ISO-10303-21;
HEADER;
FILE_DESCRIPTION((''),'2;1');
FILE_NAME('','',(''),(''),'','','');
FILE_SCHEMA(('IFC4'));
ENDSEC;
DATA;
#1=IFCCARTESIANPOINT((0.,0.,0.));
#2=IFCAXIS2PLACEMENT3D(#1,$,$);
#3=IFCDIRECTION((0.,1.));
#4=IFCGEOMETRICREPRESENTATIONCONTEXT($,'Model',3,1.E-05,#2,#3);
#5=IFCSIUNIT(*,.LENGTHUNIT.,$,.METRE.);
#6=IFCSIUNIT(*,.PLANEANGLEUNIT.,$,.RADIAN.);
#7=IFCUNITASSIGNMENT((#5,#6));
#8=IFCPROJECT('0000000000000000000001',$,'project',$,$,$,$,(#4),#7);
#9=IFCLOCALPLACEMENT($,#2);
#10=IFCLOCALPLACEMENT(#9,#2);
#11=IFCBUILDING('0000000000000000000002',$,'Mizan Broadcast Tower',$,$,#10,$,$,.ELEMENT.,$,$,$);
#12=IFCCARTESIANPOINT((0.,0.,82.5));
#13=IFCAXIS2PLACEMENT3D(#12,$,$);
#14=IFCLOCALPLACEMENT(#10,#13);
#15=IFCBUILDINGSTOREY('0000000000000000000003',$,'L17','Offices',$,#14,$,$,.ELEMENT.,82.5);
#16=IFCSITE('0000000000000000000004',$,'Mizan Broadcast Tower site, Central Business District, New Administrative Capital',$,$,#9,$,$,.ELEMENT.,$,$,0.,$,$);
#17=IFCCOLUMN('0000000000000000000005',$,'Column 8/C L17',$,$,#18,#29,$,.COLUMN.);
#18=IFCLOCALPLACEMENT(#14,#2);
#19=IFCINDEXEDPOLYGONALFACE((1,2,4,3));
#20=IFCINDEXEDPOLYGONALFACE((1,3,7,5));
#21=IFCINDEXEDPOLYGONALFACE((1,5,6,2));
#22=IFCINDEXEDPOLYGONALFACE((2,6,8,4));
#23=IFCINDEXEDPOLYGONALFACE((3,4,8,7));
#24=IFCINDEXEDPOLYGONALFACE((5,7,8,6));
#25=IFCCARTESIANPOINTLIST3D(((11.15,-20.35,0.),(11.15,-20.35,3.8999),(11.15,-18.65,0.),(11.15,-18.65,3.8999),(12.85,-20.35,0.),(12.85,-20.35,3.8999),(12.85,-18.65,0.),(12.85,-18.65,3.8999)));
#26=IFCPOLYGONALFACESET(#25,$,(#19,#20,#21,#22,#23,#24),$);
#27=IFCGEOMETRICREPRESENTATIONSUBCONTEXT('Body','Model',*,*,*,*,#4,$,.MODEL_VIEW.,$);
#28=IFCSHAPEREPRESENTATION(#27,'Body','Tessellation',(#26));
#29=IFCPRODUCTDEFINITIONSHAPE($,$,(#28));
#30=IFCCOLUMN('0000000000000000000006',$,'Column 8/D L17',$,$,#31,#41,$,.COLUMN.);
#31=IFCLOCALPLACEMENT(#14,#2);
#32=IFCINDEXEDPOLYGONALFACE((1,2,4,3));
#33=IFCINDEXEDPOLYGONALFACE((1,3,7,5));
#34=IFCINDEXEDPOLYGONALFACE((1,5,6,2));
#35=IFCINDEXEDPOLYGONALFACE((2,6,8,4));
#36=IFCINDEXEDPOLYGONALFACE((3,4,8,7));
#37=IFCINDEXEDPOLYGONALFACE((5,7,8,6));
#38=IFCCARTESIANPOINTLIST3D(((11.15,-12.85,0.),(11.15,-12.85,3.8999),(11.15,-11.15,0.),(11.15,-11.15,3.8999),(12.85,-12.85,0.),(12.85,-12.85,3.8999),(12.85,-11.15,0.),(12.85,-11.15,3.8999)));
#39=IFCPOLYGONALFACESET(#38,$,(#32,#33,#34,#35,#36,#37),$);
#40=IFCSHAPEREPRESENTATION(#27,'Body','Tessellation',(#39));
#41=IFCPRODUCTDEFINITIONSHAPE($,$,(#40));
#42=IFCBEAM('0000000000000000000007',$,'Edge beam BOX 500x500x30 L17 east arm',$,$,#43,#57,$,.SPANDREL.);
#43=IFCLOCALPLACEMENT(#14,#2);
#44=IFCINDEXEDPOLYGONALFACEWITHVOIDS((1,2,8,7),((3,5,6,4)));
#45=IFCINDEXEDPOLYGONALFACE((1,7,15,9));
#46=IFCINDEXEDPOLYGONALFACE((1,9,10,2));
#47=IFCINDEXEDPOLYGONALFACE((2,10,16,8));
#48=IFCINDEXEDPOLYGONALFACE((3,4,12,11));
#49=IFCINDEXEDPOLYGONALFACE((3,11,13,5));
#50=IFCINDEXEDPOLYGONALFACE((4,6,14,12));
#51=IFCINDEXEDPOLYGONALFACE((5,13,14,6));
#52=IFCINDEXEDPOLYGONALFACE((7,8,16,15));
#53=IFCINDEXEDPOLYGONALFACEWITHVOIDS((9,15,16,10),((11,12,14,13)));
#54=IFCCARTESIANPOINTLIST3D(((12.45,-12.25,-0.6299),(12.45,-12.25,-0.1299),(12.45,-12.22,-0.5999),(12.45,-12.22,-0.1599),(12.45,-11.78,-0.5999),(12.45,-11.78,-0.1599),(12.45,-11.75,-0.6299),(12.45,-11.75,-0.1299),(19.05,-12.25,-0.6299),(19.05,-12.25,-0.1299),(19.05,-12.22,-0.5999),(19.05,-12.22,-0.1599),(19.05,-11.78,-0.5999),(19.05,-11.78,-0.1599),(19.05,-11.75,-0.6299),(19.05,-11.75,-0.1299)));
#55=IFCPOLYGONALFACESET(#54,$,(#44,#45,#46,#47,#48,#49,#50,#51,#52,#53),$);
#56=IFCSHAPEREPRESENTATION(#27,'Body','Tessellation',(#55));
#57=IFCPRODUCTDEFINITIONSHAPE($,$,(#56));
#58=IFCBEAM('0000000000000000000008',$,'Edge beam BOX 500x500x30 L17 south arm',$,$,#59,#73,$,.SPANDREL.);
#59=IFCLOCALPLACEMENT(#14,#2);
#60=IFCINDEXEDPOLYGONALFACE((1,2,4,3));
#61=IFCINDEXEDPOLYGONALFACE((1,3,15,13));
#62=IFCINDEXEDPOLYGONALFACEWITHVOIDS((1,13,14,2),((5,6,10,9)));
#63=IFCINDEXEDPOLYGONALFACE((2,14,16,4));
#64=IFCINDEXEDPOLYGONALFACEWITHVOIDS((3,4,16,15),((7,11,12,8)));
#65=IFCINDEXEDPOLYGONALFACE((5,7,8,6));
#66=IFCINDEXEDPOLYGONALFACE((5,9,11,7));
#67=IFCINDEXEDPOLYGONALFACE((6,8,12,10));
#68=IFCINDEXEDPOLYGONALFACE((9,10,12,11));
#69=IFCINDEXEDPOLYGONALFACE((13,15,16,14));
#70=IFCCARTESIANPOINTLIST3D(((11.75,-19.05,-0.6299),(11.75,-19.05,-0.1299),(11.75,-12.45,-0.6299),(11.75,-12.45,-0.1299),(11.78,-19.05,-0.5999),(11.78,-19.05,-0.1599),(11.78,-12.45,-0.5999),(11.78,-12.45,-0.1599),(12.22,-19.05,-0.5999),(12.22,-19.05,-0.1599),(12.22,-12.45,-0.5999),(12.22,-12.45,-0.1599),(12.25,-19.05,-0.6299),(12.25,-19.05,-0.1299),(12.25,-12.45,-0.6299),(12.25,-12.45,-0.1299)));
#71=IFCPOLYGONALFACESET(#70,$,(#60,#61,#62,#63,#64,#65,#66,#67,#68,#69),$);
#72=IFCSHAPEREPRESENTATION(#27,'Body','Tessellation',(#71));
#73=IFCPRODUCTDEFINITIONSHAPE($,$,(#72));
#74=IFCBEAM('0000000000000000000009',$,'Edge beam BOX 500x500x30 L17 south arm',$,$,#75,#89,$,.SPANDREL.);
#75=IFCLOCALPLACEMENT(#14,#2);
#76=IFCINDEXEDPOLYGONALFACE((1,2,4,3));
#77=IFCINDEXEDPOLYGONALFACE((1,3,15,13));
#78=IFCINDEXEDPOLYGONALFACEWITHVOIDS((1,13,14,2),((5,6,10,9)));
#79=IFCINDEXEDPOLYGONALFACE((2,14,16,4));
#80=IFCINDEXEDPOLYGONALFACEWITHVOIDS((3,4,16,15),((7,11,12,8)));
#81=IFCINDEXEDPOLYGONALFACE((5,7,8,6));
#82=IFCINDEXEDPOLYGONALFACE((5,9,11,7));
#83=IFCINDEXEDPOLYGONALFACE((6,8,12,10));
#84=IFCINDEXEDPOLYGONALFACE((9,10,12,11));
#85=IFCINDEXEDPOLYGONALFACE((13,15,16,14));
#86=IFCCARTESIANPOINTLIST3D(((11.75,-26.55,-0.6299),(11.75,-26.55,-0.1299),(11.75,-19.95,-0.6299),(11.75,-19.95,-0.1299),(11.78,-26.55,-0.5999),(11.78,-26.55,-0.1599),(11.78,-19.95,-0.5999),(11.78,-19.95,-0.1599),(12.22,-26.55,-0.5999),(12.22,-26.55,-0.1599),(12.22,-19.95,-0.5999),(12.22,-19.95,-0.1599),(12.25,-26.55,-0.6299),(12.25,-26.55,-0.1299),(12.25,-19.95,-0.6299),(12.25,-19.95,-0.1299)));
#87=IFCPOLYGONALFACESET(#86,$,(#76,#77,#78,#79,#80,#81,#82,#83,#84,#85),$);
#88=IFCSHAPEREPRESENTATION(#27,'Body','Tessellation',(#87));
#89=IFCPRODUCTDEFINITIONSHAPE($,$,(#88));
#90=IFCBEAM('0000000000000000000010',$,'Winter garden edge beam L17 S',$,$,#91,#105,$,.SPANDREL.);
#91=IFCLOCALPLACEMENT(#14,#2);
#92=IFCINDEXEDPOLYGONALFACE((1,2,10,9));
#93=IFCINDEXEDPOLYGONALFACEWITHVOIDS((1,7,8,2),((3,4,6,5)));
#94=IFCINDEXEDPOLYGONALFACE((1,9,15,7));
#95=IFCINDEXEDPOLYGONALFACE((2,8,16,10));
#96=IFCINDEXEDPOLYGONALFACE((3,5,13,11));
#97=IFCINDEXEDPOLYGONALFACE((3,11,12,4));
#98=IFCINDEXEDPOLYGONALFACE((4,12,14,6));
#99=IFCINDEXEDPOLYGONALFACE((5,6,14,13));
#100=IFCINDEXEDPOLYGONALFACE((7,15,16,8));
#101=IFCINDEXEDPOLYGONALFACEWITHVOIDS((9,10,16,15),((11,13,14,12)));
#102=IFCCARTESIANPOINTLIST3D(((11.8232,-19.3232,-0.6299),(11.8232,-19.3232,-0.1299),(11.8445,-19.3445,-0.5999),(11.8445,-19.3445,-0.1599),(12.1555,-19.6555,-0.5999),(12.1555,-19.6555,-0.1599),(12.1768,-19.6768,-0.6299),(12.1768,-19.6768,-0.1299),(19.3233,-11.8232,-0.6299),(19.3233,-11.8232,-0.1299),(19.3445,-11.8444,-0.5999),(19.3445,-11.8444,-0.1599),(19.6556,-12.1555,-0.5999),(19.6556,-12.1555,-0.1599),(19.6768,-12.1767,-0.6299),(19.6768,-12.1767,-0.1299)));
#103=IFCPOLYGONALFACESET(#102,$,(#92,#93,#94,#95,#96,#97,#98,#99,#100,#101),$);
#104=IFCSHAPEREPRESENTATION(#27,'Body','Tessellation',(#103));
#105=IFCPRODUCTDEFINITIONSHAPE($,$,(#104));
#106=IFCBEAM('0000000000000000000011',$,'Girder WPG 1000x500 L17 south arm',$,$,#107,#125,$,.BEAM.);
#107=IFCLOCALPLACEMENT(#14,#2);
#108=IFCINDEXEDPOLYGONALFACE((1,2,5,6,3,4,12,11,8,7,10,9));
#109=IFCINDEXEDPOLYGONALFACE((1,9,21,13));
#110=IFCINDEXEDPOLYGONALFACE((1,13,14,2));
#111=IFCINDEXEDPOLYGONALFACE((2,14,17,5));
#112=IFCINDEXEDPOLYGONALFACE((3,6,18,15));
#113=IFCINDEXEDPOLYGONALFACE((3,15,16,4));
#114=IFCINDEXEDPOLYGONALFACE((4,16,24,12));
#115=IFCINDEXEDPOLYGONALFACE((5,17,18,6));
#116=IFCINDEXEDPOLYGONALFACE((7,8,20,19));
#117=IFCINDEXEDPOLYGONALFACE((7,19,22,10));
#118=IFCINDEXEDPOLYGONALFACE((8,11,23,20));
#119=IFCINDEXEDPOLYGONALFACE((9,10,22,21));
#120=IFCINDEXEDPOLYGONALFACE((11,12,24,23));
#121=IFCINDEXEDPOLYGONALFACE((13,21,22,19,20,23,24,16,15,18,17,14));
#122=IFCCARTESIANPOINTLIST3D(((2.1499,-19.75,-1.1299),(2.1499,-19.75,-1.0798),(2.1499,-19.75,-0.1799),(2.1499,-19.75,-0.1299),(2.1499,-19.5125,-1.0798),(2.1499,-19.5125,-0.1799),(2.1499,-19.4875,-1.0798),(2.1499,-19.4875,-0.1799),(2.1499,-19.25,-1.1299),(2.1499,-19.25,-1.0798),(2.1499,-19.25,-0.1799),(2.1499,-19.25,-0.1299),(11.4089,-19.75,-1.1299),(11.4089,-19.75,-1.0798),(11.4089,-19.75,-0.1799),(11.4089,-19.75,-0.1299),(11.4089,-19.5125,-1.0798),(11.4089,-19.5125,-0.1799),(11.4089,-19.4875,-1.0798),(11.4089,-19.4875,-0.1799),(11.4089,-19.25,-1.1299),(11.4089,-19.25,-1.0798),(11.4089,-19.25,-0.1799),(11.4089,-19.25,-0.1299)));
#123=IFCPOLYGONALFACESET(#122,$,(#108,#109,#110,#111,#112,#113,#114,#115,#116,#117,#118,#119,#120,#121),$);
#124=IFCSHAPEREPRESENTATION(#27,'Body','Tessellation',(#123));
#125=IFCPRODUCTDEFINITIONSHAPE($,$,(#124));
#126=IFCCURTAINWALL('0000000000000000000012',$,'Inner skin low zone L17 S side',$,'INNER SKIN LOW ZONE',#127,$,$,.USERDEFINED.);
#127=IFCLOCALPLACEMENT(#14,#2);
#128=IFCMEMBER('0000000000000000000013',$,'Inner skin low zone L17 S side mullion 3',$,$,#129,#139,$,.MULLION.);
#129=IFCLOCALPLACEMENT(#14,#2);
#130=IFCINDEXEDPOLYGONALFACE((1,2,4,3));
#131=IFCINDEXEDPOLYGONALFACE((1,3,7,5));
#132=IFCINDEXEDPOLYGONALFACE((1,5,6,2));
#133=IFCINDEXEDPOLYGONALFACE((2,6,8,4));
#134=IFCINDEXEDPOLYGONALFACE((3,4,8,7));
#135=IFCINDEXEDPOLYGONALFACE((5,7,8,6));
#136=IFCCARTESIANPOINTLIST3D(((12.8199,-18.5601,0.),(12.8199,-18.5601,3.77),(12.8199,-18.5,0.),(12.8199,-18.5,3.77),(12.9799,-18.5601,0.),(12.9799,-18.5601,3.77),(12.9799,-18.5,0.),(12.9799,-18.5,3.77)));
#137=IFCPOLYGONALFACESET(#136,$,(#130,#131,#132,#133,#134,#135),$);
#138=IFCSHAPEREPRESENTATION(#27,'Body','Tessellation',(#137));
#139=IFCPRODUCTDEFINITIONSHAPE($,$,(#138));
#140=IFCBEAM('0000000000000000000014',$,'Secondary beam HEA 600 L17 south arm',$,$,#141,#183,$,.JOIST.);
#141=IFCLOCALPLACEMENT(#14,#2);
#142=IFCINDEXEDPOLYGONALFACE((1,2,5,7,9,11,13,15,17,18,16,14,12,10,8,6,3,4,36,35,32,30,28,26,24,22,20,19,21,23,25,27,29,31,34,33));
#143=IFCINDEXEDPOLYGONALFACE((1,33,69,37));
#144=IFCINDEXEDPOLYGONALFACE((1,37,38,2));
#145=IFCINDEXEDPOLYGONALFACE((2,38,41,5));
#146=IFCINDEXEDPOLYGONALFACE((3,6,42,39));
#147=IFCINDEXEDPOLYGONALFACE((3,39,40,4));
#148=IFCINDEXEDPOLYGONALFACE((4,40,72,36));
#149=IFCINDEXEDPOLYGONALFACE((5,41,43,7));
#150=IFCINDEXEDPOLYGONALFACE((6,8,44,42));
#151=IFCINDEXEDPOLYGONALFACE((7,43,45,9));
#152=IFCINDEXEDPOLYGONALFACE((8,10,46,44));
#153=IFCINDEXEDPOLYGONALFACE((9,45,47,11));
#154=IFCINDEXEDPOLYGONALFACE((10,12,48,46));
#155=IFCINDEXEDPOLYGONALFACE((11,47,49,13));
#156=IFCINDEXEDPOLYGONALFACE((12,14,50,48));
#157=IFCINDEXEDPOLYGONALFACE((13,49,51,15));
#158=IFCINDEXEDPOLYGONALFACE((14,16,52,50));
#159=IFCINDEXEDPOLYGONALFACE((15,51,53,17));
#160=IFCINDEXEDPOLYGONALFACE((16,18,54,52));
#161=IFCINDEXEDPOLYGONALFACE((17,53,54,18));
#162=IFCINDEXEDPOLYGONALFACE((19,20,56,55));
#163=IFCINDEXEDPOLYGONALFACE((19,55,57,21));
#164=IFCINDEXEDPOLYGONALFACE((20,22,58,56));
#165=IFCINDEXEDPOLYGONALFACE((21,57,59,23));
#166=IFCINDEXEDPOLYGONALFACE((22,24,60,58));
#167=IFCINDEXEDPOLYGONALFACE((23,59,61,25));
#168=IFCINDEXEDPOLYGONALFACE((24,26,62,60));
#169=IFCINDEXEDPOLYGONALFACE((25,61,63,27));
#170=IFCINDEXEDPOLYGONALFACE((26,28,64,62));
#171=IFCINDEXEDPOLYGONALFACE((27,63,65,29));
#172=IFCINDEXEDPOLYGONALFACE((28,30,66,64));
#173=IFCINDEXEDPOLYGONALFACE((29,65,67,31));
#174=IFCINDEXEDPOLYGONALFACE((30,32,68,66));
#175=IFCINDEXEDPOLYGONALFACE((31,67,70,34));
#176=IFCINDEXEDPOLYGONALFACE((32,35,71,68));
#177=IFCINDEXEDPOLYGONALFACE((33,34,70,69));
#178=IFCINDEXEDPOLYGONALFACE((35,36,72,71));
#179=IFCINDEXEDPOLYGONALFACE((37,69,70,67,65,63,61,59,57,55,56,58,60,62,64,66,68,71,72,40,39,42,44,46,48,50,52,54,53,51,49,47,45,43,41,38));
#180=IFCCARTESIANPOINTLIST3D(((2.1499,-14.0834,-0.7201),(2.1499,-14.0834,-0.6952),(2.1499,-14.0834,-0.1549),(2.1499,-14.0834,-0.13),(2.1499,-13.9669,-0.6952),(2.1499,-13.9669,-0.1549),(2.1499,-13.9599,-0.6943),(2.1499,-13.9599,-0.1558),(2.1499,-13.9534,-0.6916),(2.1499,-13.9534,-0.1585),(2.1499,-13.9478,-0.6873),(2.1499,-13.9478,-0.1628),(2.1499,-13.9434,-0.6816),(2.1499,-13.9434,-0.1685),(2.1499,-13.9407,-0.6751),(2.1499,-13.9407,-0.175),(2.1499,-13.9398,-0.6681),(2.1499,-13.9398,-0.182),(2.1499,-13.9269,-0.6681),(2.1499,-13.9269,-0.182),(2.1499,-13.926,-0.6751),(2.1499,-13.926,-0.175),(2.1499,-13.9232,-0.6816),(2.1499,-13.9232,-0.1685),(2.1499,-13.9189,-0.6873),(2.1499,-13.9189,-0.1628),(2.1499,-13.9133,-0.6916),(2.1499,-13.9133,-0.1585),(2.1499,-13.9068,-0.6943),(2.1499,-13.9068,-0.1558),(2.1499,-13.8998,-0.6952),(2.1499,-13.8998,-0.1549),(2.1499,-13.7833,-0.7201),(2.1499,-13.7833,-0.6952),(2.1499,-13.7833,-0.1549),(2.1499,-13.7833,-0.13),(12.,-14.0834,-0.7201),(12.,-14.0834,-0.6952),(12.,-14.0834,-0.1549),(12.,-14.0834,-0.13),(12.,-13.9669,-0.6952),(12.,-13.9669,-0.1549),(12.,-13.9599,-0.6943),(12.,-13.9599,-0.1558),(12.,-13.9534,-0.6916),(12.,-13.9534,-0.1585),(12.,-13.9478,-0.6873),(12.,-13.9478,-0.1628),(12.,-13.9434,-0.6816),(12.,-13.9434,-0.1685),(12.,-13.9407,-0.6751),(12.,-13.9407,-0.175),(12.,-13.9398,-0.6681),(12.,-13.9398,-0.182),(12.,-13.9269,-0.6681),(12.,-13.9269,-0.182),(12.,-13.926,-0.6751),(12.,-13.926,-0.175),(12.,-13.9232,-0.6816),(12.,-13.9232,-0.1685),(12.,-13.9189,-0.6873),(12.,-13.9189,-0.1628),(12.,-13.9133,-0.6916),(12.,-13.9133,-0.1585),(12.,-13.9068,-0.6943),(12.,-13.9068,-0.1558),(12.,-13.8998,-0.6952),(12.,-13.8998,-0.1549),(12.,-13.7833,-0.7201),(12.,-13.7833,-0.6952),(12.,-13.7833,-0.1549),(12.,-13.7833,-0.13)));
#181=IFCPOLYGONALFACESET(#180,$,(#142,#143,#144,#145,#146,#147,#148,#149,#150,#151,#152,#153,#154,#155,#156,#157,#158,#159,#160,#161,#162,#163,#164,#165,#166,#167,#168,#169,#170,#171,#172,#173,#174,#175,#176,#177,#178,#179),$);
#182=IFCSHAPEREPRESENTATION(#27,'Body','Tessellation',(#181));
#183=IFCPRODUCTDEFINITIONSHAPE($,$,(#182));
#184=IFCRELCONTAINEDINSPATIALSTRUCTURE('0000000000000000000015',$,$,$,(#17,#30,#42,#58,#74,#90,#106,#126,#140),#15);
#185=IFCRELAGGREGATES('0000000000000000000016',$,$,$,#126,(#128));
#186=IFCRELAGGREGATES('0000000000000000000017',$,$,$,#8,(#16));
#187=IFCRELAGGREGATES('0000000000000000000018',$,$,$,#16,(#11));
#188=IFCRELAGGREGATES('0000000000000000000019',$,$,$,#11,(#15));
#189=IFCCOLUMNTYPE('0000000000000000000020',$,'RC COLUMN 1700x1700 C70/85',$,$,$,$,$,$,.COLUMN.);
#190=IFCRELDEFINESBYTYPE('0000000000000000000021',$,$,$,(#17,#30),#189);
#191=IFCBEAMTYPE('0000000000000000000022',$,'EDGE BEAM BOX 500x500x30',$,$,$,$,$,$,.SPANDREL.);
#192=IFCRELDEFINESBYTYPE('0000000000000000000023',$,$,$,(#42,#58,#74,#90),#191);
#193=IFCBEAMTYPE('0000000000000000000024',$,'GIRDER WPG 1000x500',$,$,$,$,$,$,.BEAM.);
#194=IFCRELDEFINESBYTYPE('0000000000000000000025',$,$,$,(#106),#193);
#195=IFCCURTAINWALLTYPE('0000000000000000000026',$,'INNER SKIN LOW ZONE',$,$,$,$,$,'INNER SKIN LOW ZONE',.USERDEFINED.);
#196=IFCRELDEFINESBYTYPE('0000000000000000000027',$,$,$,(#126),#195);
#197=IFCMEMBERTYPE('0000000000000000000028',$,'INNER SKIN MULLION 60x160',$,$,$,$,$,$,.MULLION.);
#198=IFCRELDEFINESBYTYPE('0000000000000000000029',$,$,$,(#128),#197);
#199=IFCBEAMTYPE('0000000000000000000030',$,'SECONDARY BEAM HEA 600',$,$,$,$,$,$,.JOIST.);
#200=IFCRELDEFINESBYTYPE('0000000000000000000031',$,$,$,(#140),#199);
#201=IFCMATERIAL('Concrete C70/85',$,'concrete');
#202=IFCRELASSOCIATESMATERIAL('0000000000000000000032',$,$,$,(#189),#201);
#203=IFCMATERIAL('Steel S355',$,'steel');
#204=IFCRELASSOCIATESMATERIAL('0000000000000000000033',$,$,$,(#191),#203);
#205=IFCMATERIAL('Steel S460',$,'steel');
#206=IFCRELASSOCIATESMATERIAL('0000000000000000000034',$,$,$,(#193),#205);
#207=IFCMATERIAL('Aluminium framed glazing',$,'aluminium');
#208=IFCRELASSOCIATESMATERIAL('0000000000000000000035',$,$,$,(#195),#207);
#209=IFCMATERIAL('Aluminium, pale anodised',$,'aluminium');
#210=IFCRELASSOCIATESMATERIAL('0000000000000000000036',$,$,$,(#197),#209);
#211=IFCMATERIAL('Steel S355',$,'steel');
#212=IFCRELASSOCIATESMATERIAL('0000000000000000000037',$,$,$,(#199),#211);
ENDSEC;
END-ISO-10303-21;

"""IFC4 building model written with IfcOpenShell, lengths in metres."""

from ifc_helpers import new_model, si_unit, direction, frame, origin, origin_2d, place, context, subcontext, project, spatial, rectangle, hollow_rectangle, i_section, extrude, material, material_profile, profile_set, type_object, element, aggregate, save


model = new_model("IFC4")

# Units and contexts
model_context = context("Model", 3, precision=1e-05, world=origin(), true_north=direction((0.0, 1.0)))
body_context = subcontext(model_context, "Body", "Model", "MODEL_VIEW")
ifc_project = project(units=[si_unit("LENGTHUNIT", "METRE"), si_unit("PLANEANGLEUNIT", "RADIAN")], contexts=[model_context])

# Site, building, storey
site_placement = place(None, origin())
site = spatial("IfcSite", under=ifc_project, at=site_placement, Name="Mizan Broadcast Tower site, Central Business District, New Administrative Capital", CompositionType="ELEMENT", RefElevation=0.0)
building_placement = place(site_placement, origin())
building = spatial("IfcBuilding", under=site, at=building_placement, Name="Mizan Broadcast Tower", CompositionType="ELEMENT")
storey_placement = place(building_placement, frame((0.0, 0.0, 82.5)))
storey = spatial("IfcBuildingStorey", under=building, at=storey_placement, Name="L17", Description="Offices", CompositionType="ELEMENT", Elevation=82.5)

# Columns
ifc_material_1 = material(Name="Concrete C70/85", Category="concrete")
ifc_material_profile_1 = material_profile(ifc_material_1, rectangle(XDim=1.7, YDim=1.7, at=origin_2d()), Name="RC 1700x1700")
ifc_profile_set_1 = profile_set([ifc_material_profile_1], Name="Concrete C70/85")
column_type = type_object("IfcColumnType", Name="RC COLUMN 1700x1700 C70/85", PredefinedType="COLUMN", material=ifc_profile_set_1)
for number, where, z_axis, x_axis, name in (
    (1, (12.0, -19.5, 0.0), (0.0, 0.0, 1.0), (1.0, 0.0, 0.0), "Column 8/C L17"),
    (2, (12.0, -12.0, 0.0), (0.0, 0.0, 1.0), (1.0, 0.0, 0.0), "Column 8/D L17"),
):
    element("IfcColumn", number, at=place(storey_placement, frame(where, z_axis=z_axis, x_axis=x_axis)), inside=storey, type_object=column_type, Name=name, PredefinedType="COLUMN", context=body_context, shape_type="SweptSolid", body=[
        extrude(rectangle(XDim=1.7, YDim=1.7, at=origin_2d()), origin(), (0.0, 0.0, 1.0), 3.8999),
    ])

# Beams
ifc_material_2 = material(Name="Steel S355", Category="steel")
ifc_material_profile_2 = material_profile(ifc_material_2, hollow_rectangle(XDim=0.5, YDim=0.5, WallThickness=0.03, at=origin_2d()), Name="BOX 500x500x30")
ifc_profile_set_2 = profile_set([ifc_material_profile_2], Name="Steel S355")
beam_type_1 = type_object("IfcBeamType", Name="EDGE BEAM BOX 500x500x30", PredefinedType="SPANDREL", material=ifc_profile_set_2)
for number, where, z_axis, x_axis, name in (
    (3, (12.45, -12.0, -0.3799), (1.0, 0.0, 0.0), (0.0, 1.0, 0.0), "Edge beam BOX 500x500x30 L17 east arm"),
    (4, (12.0, -12.45, -0.3799), (0.0, -1.0, 0.0), (1.0, 0.0, 0.0), "Edge beam BOX 500x500x30 L17 south arm"),
    (5, (12.0, -19.95, -0.3799), (0.0, -1.0, 0.0), (1.0, 0.0, 0.0), "Edge beam BOX 500x500x30 L17 south arm"),
):
    element("IfcBeam", number, at=place(storey_placement, frame(where, z_axis=z_axis, x_axis=x_axis)), inside=storey, type_object=beam_type_1, Name=name, PredefinedType="SPANDREL", context=body_context, shape_type="SweptSolid", body=[
        extrude(hollow_rectangle(XDim=0.5, YDim=0.5, WallThickness=0.03, at=origin_2d()), origin(), (0.0, 0.0, 1.0), 6.6001),
    ])
beam_1_placement = place(storey_placement, frame((12.0, -19.5, -0.3799), z_axis=(0.707107, 0.707107, 0.0), x_axis=(-0.707107, 0.707107, 0.0)))
element("IfcBeam", 6, at=beam_1_placement, inside=storey, type_object=beam_type_1, Name="Winter garden edge beam L17 S", PredefinedType="SPANDREL", context=body_context, shape_type="SweptSolid", body=[
    extrude(hollow_rectangle(XDim=0.5, YDim=0.5, WallThickness=0.03, at=origin_2d()), origin(), (0.0, 0.0, 1.0), 10.6067),
])
ifc_material_3 = material(Name="Steel S460", Category="steel")
ifc_material_profile_3 = material_profile(ifc_material_3, i_section(OverallWidth=0.5, OverallDepth=1.0, WebThickness=0.0249, FlangeThickness=0.05, at=origin_2d()), Name="WPG 1000x500")
ifc_profile_set_3 = profile_set([ifc_material_profile_3], Name="Steel S460")
beam_type_2 = type_object("IfcBeamType", Name="GIRDER WPG 1000x500", PredefinedType="BEAM", material=ifc_profile_set_3)
beam_2_placement = place(storey_placement, frame((11.4089, -19.5, -0.6299), z_axis=(-1.0, 0.0, 0.0), x_axis=(0.0, -1.0, 0.0)))
element("IfcBeam", 7, at=beam_2_placement, inside=storey, type_object=beam_type_2, Name="Girder WPG 1000x500 L17 south arm", PredefinedType="BEAM", context=body_context, shape_type="SweptSolid", body=[
    extrude(i_section(OverallWidth=0.5, OverallDepth=1.0, WebThickness=0.0249, FlangeThickness=0.05, at=origin_2d()), origin(), (0.0, 0.0, 1.0), 9.259),
])

# Curtain wall, member
ifc_material_4 = material(Name="Aluminium framed glazing", Category="aluminium")
curtain_wall_type = type_object("IfcCurtainWallType", Name="INNER SKIN LOW ZONE", ElementType="INNER SKIN LOW ZONE", PredefinedType="USERDEFINED", material=ifc_material_4)
curtain_wall_placement = place(storey_placement, origin())
curtain_wall = element("IfcCurtainWall", 8, at=curtain_wall_placement, inside=storey, type_object=curtain_wall_type, Name="Inner skin low zone L17 S side", ObjectType="INNER SKIN LOW ZONE", PredefinedType="USERDEFINED")
ifc_material_5 = material(Name="Aluminium, pale anodised", Category="aluminium")
ifc_material_profile_4 = material_profile(ifc_material_5, rectangle(XDim=0.1599, YDim=0.0601, at=origin_2d()), Name="MULLION 160x60")
ifc_profile_set_4 = profile_set([ifc_material_profile_4], Name="Aluminium, pale anodised")
member_type = type_object("IfcMemberType", Name="INNER SKIN MULLION 60x160", PredefinedType="MULLION", material=ifc_profile_set_4)
member_placement = place(storey_placement, frame((12.8999, -18.53, 0.0), z_axis=(0.0, 0.0, 1.0), x_axis=(-1.0, 0.0, 0.0)))
member = element("IfcMember", 9, at=member_placement, type_object=member_type, Name="Inner skin low zone L17 S side mullion 3", PredefinedType="MULLION", context=body_context, shape_type="SweptSolid", body=[
    extrude(rectangle(XDim=0.1599, YDim=0.0601, at=origin_2d()), origin(), (0.0, 0.0, 1.0), 3.77),
])

# Beam
ifc_material_6 = material(Name="Steel S355", Category="steel")
ifc_material_profile_5 = material_profile(ifc_material_6, i_section(OverallWidth=0.3, OverallDepth=0.5901, WebThickness=0.0129, FlangeThickness=0.0249, FilletRadius=0.0271, at=origin_2d()), Name="HEA 600")
ifc_profile_set_5 = profile_set([ifc_material_profile_5], Name="Steel S355")
beam_type_3 = type_object("IfcBeamType", Name="SECONDARY BEAM HEA 600", PredefinedType="JOIST", material=ifc_profile_set_5)
for number, where, z_axis, x_axis, name in (
    (10, (12.0, -13.9333, -0.425), (-1.0, 0.0, 0.0), (0.0, -1.0, 0.0), "Secondary beam HEA 600 L17 south arm"),
):
    element("IfcBeam", number, at=place(storey_placement, frame(where, z_axis=z_axis, x_axis=x_axis)), inside=storey, type_object=beam_type_3, Name=name, PredefinedType="JOIST", context=body_context, shape_type="SweptSolid", body=[
        extrude(i_section(OverallWidth=0.3, OverallDepth=0.5901, WebThickness=0.0129, FlangeThickness=0.0249, FilletRadius=0.0271, at=origin_2d()), origin(), (0.0, 0.0, 1.0), 9.8501),
    ])

aggregate(curtain_wall, [member])

save(model, "model.ifc")
